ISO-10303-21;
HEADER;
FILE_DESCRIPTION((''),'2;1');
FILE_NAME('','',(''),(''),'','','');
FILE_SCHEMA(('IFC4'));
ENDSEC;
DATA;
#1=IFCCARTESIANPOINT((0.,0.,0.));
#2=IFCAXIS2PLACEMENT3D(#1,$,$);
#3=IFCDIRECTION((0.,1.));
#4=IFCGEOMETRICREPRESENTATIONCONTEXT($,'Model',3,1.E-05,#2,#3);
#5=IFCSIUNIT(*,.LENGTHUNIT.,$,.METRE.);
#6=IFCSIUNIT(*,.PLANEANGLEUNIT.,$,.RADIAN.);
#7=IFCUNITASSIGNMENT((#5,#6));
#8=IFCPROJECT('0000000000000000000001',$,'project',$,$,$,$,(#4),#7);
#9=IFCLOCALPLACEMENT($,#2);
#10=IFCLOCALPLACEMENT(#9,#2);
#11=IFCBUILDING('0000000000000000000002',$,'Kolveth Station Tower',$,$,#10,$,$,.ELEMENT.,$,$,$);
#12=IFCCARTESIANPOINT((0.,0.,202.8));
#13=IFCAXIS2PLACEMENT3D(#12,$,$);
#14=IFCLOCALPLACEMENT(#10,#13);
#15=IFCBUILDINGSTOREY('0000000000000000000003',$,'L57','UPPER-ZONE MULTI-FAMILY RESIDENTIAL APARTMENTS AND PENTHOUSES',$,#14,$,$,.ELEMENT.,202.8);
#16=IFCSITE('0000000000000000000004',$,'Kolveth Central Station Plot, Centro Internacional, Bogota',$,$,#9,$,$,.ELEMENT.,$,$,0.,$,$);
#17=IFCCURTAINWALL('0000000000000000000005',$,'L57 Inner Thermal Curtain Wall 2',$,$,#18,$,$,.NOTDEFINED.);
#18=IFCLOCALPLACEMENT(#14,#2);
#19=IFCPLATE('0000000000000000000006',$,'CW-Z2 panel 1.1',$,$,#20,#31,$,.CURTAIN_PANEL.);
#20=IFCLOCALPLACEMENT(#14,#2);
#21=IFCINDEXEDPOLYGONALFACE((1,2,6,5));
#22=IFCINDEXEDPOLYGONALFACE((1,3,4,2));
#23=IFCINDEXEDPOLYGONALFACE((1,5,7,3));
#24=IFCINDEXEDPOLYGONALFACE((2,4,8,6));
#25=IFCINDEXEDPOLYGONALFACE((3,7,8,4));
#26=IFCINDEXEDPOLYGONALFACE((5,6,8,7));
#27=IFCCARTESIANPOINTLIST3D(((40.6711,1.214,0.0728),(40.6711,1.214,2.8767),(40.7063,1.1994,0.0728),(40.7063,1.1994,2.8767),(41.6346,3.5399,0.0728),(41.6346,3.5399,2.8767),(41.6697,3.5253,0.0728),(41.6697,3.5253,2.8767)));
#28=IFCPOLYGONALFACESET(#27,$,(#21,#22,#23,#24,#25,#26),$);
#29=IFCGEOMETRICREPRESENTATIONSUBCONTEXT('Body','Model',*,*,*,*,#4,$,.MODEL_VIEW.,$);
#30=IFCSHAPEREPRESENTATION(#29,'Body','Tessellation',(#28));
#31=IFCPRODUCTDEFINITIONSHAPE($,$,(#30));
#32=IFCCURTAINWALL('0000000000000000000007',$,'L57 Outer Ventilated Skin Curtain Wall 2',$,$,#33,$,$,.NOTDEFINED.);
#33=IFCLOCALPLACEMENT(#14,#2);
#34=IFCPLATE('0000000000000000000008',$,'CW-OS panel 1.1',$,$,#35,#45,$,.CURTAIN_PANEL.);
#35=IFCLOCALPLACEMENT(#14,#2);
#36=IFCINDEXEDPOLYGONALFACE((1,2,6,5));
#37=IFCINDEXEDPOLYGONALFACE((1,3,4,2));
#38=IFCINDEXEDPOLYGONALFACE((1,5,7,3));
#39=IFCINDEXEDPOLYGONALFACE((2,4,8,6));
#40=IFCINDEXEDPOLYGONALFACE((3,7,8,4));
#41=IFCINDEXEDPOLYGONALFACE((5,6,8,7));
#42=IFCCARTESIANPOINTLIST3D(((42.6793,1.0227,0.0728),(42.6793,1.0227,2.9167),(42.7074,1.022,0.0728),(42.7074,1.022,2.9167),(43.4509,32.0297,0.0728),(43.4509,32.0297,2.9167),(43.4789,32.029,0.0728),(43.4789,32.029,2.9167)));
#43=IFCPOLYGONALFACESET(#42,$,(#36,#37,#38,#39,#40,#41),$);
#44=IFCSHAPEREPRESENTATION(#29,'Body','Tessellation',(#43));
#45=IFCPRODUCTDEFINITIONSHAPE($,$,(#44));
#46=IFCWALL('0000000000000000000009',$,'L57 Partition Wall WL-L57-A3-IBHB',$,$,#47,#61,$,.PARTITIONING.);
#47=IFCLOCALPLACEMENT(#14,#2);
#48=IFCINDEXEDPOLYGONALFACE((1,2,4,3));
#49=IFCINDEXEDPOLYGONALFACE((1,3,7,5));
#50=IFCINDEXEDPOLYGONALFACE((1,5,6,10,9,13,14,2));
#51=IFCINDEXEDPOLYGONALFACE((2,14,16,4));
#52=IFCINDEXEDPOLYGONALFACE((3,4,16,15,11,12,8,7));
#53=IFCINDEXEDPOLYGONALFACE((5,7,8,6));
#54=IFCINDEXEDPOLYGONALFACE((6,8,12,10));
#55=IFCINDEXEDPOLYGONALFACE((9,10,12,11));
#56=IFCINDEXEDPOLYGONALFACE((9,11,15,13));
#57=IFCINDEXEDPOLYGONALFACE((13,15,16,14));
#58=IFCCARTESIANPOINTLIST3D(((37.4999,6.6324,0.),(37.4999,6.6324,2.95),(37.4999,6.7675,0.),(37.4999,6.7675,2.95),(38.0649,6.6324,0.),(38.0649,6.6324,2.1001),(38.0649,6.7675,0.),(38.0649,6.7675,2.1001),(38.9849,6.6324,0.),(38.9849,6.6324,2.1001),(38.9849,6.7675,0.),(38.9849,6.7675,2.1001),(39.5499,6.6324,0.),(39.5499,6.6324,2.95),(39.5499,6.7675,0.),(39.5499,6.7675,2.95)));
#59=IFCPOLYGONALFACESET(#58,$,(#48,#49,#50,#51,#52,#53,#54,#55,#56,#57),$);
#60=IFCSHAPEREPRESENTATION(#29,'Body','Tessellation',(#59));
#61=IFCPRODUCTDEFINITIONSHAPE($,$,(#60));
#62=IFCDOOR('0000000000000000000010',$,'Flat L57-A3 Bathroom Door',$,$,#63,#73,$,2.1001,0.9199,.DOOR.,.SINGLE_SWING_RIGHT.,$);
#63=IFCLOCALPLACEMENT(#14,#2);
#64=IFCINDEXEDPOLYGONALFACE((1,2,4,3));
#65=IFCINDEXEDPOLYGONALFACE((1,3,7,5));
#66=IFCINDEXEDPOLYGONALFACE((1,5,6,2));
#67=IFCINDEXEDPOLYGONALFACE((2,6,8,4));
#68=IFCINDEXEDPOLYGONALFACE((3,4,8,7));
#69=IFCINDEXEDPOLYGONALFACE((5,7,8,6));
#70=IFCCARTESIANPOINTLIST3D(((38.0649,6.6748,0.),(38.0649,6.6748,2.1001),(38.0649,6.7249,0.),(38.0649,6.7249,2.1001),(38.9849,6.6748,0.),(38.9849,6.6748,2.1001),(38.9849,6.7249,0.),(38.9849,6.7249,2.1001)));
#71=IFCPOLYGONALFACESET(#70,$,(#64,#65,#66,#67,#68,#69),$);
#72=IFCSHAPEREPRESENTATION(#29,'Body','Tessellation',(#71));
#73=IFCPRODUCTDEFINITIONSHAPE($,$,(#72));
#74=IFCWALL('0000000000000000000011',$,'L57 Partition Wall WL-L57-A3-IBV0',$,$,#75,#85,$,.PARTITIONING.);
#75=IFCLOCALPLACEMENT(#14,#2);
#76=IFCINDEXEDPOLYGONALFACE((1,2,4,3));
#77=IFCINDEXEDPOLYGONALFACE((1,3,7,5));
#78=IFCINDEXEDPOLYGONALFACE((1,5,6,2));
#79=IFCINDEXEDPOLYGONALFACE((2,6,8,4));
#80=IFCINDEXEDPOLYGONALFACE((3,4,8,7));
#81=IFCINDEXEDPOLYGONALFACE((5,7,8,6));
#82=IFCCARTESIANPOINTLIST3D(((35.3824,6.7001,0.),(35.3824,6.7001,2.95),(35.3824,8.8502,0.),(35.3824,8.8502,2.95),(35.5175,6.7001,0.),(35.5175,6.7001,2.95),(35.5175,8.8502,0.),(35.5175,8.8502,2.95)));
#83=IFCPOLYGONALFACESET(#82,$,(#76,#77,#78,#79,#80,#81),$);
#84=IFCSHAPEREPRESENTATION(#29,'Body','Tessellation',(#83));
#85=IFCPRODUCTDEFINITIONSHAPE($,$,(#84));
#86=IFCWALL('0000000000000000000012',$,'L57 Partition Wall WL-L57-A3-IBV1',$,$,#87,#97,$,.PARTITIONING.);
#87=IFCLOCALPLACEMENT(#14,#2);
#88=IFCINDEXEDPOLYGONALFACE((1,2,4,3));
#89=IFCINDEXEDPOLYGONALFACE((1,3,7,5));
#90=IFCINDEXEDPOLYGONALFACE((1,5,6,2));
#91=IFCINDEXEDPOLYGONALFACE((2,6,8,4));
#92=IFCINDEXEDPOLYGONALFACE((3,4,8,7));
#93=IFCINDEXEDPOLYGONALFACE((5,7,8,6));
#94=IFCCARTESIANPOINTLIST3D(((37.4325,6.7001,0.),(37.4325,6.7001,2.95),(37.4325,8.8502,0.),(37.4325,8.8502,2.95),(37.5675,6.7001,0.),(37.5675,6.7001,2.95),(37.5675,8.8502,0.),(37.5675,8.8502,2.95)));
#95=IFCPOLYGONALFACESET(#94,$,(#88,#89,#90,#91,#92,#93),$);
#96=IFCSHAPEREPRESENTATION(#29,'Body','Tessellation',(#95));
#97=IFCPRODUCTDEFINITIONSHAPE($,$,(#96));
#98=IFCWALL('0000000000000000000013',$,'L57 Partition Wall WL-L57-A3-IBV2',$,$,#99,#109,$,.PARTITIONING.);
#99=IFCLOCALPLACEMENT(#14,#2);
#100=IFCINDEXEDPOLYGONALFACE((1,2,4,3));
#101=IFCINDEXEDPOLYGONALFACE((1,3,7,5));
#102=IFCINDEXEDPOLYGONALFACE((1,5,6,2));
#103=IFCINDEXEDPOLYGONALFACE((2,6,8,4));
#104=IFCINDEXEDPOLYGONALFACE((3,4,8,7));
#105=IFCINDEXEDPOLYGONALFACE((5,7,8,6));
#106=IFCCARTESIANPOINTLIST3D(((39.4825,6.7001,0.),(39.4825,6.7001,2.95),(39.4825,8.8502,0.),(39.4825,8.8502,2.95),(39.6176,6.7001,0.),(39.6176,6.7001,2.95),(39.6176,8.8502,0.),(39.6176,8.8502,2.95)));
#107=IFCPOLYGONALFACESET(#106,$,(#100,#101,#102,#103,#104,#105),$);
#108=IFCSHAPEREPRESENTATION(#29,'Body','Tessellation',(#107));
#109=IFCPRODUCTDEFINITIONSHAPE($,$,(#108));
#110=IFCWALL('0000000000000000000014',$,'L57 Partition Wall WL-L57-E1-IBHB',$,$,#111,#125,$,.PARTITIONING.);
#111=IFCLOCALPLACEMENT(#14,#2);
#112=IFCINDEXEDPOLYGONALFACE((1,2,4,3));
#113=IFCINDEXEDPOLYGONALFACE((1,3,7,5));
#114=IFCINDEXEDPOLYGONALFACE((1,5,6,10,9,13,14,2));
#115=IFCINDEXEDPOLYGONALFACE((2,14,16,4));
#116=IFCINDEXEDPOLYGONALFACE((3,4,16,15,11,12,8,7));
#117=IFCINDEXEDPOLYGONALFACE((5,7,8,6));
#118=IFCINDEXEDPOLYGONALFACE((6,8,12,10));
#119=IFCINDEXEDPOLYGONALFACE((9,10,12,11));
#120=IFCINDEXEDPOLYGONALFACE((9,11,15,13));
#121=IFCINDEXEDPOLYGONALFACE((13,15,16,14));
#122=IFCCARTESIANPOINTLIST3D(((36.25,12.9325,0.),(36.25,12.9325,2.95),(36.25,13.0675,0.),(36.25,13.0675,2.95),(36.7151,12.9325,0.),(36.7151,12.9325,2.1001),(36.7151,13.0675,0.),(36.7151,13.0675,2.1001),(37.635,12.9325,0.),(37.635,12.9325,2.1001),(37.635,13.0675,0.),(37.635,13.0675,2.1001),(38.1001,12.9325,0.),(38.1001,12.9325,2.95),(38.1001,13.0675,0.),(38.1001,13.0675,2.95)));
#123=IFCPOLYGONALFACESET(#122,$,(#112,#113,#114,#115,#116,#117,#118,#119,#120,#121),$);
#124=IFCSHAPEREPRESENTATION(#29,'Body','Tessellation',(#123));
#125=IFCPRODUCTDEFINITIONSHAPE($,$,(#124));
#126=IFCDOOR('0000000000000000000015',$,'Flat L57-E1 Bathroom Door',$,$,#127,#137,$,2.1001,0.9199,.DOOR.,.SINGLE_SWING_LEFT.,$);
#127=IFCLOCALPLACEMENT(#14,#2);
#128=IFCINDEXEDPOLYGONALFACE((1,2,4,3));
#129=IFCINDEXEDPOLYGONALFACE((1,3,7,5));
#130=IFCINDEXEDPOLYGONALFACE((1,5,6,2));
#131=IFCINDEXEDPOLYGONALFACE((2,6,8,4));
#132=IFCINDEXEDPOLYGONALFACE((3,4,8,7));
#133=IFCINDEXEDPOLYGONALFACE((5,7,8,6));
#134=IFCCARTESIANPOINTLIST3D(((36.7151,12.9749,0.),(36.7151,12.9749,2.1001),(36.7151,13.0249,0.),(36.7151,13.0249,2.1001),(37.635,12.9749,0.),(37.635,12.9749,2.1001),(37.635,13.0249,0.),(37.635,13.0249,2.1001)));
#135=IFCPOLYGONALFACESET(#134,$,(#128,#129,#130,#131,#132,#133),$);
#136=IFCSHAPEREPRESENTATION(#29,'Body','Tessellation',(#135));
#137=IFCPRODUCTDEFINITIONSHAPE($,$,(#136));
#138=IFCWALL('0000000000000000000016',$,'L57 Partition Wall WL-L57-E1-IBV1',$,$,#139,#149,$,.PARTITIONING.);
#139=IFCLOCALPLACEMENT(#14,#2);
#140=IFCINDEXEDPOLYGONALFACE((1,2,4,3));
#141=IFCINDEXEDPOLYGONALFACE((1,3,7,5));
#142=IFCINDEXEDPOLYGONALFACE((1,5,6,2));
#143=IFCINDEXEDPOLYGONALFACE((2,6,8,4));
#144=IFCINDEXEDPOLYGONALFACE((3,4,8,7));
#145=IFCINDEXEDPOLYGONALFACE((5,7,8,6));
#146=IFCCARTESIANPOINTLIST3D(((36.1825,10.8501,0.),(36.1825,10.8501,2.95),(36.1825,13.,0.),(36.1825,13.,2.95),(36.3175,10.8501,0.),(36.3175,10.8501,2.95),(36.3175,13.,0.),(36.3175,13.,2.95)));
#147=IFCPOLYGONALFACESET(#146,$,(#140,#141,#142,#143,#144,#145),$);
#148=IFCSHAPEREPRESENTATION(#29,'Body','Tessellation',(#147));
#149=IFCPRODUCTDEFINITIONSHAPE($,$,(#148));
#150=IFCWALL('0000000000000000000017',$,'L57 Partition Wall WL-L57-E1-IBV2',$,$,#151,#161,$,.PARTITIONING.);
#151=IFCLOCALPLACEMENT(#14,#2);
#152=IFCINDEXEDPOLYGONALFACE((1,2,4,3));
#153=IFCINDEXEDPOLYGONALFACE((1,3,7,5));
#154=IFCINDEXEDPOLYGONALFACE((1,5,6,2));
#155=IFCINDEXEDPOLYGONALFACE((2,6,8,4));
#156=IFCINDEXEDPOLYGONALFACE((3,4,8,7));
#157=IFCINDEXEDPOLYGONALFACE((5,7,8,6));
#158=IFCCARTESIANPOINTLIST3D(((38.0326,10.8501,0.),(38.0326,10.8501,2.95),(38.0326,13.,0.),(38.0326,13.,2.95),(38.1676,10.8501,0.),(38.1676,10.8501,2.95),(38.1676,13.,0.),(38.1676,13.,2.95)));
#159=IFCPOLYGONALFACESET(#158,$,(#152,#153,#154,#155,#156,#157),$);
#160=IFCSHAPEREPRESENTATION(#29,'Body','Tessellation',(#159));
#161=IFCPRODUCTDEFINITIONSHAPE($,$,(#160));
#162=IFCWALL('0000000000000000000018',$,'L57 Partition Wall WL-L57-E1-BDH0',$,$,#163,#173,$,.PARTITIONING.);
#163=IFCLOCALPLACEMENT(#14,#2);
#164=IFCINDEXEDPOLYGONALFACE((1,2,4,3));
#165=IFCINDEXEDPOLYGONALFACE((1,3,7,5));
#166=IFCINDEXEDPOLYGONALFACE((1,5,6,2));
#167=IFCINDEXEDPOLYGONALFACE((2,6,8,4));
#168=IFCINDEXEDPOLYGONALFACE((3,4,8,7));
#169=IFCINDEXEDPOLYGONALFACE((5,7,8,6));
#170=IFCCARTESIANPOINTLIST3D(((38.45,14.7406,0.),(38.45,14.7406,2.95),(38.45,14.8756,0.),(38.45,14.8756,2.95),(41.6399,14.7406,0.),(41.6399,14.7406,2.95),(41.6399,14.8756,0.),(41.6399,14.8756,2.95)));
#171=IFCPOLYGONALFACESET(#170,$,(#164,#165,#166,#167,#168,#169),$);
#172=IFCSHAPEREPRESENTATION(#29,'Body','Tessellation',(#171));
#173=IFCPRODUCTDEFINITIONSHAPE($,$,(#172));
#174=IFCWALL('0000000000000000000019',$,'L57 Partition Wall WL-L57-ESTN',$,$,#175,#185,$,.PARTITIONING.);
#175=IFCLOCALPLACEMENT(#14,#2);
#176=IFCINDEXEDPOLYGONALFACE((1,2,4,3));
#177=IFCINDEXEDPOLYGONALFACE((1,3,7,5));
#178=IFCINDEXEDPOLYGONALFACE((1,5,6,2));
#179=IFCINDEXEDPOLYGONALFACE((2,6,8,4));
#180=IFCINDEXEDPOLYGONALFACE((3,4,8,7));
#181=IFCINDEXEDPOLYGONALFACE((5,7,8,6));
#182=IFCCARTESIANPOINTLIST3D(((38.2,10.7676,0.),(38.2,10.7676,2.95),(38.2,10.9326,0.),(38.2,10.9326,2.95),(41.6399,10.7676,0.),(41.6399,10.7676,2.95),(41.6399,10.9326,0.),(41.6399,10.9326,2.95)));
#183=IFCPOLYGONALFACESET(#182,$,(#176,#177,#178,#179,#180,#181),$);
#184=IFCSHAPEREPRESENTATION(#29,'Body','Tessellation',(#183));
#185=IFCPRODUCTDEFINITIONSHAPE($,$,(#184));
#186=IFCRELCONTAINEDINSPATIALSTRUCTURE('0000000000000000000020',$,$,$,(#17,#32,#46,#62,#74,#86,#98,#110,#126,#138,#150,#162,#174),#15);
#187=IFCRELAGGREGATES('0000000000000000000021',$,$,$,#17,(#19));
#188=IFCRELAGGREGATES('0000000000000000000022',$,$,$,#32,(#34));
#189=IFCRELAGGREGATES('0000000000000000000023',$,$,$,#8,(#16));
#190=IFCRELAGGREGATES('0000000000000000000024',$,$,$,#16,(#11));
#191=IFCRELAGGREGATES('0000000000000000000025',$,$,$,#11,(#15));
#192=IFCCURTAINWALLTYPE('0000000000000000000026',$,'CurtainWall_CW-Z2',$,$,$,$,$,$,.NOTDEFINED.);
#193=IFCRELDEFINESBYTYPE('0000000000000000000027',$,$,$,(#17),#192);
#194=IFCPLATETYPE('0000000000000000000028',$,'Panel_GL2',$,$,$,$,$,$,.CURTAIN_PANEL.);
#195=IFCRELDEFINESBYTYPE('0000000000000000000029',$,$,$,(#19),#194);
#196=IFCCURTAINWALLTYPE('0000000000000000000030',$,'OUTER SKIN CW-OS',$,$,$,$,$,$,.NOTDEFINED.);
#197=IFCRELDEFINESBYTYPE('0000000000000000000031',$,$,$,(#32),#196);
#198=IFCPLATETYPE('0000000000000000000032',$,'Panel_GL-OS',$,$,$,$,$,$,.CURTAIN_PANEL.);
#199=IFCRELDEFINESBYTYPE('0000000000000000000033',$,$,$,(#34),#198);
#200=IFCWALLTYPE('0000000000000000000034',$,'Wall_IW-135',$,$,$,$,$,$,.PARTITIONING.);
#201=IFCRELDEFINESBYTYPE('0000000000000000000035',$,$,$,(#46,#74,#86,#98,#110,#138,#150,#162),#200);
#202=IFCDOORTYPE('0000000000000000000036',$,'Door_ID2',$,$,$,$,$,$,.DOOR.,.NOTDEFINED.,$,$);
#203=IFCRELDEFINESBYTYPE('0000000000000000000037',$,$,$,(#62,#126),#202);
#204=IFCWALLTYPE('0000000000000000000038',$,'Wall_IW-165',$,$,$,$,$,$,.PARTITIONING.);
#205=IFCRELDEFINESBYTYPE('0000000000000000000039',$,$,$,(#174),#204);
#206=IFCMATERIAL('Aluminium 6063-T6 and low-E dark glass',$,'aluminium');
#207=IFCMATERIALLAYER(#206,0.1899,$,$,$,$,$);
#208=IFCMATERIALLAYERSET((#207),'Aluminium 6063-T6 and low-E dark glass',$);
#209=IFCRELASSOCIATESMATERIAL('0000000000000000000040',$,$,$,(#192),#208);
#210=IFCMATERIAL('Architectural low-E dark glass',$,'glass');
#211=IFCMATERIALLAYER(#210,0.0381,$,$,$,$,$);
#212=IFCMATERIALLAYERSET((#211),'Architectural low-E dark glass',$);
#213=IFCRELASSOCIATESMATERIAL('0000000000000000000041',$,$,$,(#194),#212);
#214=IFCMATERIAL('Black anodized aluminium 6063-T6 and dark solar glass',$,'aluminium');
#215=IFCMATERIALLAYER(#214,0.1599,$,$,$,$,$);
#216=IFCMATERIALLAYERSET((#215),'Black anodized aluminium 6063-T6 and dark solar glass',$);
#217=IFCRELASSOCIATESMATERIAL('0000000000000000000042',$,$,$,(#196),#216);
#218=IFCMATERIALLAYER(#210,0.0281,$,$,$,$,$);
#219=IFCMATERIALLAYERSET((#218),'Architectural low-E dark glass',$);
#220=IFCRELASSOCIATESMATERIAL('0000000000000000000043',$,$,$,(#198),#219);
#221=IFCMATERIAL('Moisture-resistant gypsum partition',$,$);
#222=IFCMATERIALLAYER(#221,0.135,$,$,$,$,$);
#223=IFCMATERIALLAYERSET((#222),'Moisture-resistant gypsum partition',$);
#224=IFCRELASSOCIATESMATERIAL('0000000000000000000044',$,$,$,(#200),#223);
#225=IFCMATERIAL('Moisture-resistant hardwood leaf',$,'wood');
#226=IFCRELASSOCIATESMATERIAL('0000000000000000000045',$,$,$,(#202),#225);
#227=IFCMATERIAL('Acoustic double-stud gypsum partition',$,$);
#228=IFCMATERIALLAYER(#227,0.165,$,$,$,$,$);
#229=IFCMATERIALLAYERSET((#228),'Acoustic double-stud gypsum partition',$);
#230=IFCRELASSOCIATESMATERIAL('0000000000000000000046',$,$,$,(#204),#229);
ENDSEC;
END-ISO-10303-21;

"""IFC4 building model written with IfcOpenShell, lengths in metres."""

from ifc_helpers import new_model, si_unit, direction, frame, frame_2d, origin, origin_2d, place, context, subcontext, project, spatial, rectangle, extrude, source, transform, mapped, material, layer, layer_set, type_object, element, fill, aggregate, save


model = new_model("IFC4")

# Units and contexts
model_context = context("Model", 3, precision=1e-05, world=origin(), true_north=direction((0.0, 1.0)))
body_context = subcontext(model_context, "Body", "Model", "MODEL_VIEW")
ifc_project = project(units=[si_unit("LENGTHUNIT", "METRE"), si_unit("PLANEANGLEUNIT", "RADIAN")], contexts=[model_context])

# Site, building, storey
site_placement = place(None, origin())
site = spatial("IfcSite", under=ifc_project, at=site_placement, Name="Kolveth Central Station Plot, Centro Internacional, Bogota", CompositionType="ELEMENT", RefElevation=0.0)
building_placement = place(site_placement, origin())
building = spatial("IfcBuilding", under=site, at=building_placement, Name="Kolveth Station Tower", CompositionType="ELEMENT")
storey_placement = place(building_placement, frame((0.0, 0.0, 202.8)))
storey = spatial("IfcBuildingStorey", under=building, at=storey_placement, Name="L57", Description="UPPER-ZONE MULTI-FAMILY RESIDENTIAL APARTMENTS AND PENTHOUSES", CompositionType="ELEMENT", Elevation=202.8)

# Curtain wall
ifc_material_1 = material(Name="Aluminium 6063-T6 and low-E dark glass", Category="aluminium")
ifc_layer_1 = layer(ifc_material_1, 0.1899)
ifc_layer_set_1 = layer_set([ifc_layer_1], Name="Aluminium 6063-T6 and low-E dark glass")
curtain_wall_type_1 = type_object("IfcCurtainWallType", Name="CurtainWall_CW-Z2", PredefinedType="NOTDEFINED", material=ifc_layer_set_1)
curtain_wall_1_placement = place(storey_placement, origin())
curtain_wall_1 = element("IfcCurtainWall", 1, at=curtain_wall_1_placement, inside=storey, type_object=curtain_wall_type_1, Name="L57 Inner Thermal Curtain Wall 2", PredefinedType="NOTDEFINED")

# Plate
ifc_material_2 = material(Name="Architectural low-E dark glass", Category="glass")
ifc_layer_2 = layer(ifc_material_2, 0.0381)
ifc_layer_set_2 = layer_set([ifc_layer_2], Name="Architectural low-E dark glass")
plate_type_1 = type_object("IfcPlateType", Name="Panel_GL2", PredefinedType="CURTAIN_PANEL", material=ifc_layer_set_2)
shared_shape_1 = source(origin(), body_context, "Body", "SweptSolid", [
    extrude(rectangle(XDim=2.5176, YDim=0.0381, at=origin_2d()), origin(), (0.0, 0.0, 1.0), 2.804),
])
plate_1_placement = place(storey_placement, frame((41.1704, 2.3696, 0.0728), z_axis=(0.0, 0.0, 1.0), x_axis=(0.382698, 0.923874, 0.0)))
plate_1 = element("IfcPlate", 2, at=plate_1_placement, type_object=plate_type_1, Name="CW-Z2 panel 1.1", PredefinedType="CURTAIN_PANEL", context=body_context, shape_type="MappedRepresentation", body=[
    mapped(shared_shape_1, transform((0.0, 0.0, 0.0), x_axis=(1.0, 0.0, 0.0), y_axis=(0.0, 1.0, 0.0), z_axis=(0.0, 0.0, 1.0), scale=1.0)),
])
aggregate(curtain_wall_1, [plate_1])

# Curtain wall, plate
ifc_material_3 = material(Name="Black anodized aluminium 6063-T6 and dark solar glass", Category="aluminium")
ifc_layer_3 = layer(ifc_material_3, 0.1599)
ifc_layer_set_3 = layer_set([ifc_layer_3], Name="Black anodized aluminium 6063-T6 and dark solar glass")
curtain_wall_type_2 = type_object("IfcCurtainWallType", Name="OUTER SKIN CW-OS", PredefinedType="NOTDEFINED", material=ifc_layer_set_3)
curtain_wall_2_placement = place(storey_placement, origin())
curtain_wall_2 = element("IfcCurtainWall", 3, at=curtain_wall_2_placement, inside=storey, type_object=curtain_wall_type_2, Name="L57 Outer Ventilated Skin Curtain Wall 2", PredefinedType="NOTDEFINED")
ifc_layer_4 = layer(ifc_material_2, 0.0281)
ifc_layer_set_4 = layer_set([ifc_layer_4], Name="Architectural low-E dark glass")
plate_type_2 = type_object("IfcPlateType", Name="Panel_GL-OS", PredefinedType="CURTAIN_PANEL", material=ifc_layer_set_4)
shared_shape_2 = source(origin(), body_context, "Body", "SweptSolid", [
    extrude(rectangle(XDim=31.0166, YDim=0.0281, at=origin_2d()), origin(), (0.0, 0.0, 1.0), 2.844),
])
plate_2_placement = place(storey_placement, frame((43.0791, 16.5259, 0.0728), z_axis=(0.0, 0.0, 1.0), x_axis=(0.024876, 0.999691, 0.0)))
plate_2 = element("IfcPlate", 4, at=plate_2_placement, type_object=plate_type_2, Name="CW-OS panel 1.1", PredefinedType="CURTAIN_PANEL", context=body_context, shape_type="MappedRepresentation", body=[
    mapped(shared_shape_2, transform((0.0, 0.0, 0.0), x_axis=(1.0, 0.0, 0.0), y_axis=(0.0, 1.0, 0.0), z_axis=(0.0, 0.0, 1.0), scale=1.0)),
])
aggregate(curtain_wall_2, [plate_2])

# Wall, opening, door
ifc_material_4 = material(Name="Moisture-resistant gypsum partition")
ifc_layer_5 = layer(ifc_material_4, 0.135)
ifc_layer_set_5 = layer_set([ifc_layer_5], Name="Moisture-resistant gypsum partition")
wall_type_1 = type_object("IfcWallType", Name="Wall_IW-135", PredefinedType="PARTITIONING", material=ifc_layer_set_5)
wall_1_placement = place(storey_placement, frame((37.5, 6.7, 0.0), z_axis=(0.0, 0.0, 1.0), x_axis=(1.0, 0.0, 0.0)))
wall_1 = element("IfcWall", 5, at=wall_1_placement, inside=storey, type_object=wall_type_1, Name="L57 Partition Wall WL-L57-A3-IBHB", PredefinedType="PARTITIONING", context=body_context, shape_type="SweptSolid", body=[
    extrude(rectangle(XDim=2.05, YDim=0.135, at=frame_2d((1.0249, 0.0))), origin(), (0.0, 0.0, 1.0), 2.95),
])
opening_1_placement = place(wall_1_placement, frame((0.5649, 0.0, 0.0)))
opening_1 = element("IfcOpeningElement", 6, at=opening_1_placement, cuts=wall_1, PredefinedType="OPENING", context=body_context, shape_type="SweptSolid", body=[
    extrude(rectangle(XDim=0.9199, YDim=2.1001, at=frame_2d((0.46, 1.05))), frame((0.0, 0.0774, 0.0), z_axis=(0.0, -1.0, 0.0), x_axis=(1.0, 0.0, 0.0)), (0.0, 0.0, 1.0), 0.155),
])
ifc_material_5 = material(Name="Moisture-resistant hardwood leaf", Category="wood")
door_type_1 = type_object("IfcDoorType", Name="Door_ID2", OperationType="NOTDEFINED", PredefinedType="DOOR", material=ifc_material_5)
door_1_placement = place(opening_1_placement, origin())
door_1 = element("IfcDoor", 7, at=door_1_placement, inside=storey, type_object=door_type_1, Name="Flat L57-A3 Bathroom Door", OperationType="SINGLE_SWING_RIGHT", OverallHeight=2.1001, OverallWidth=0.9199, PredefinedType="DOOR", context=body_context, shape_type="SweptSolid", body=[
    extrude(rectangle(XDim=0.9199, YDim=2.1001, at=frame_2d((0.46, 1.05))), frame((0.0, 0.0249, 0.0), z_axis=(0.0, -1.0, 0.0), x_axis=(1.0, 0.0, 0.0)), (0.0, 0.0, 1.0), 0.05),
])
fill(opening_1, door_1)

# Walls
for number, where, z_axis, x_axis, name in (
    (8, (35.45, 6.7, 0.0), (0.0, 0.0, 1.0), (0.0, 1.0, 0.0), "L57 Partition Wall WL-L57-A3-IBV0"),
    (9, (37.5, 6.7, 0.0), (0.0, 0.0, 1.0), (0.0, 1.0, 0.0), "L57 Partition Wall WL-L57-A3-IBV1"),
    (10, (39.55, 6.7, 0.0), (0.0, 0.0, 1.0), (0.0, 1.0, 0.0), "L57 Partition Wall WL-L57-A3-IBV2"),
):
    element("IfcWall", number, at=place(storey_placement, frame(where, z_axis=z_axis, x_axis=x_axis)), inside=storey, type_object=wall_type_1, Name=name, PredefinedType="PARTITIONING", context=body_context, shape_type="SweptSolid", body=[
        extrude(rectangle(XDim=2.1501, YDim=0.135, at=frame_2d((1.0752, 0.0))), origin(), (0.0, 0.0, 1.0), 2.95),
    ])

# Wall, opening, door
wall_2_placement = place(storey_placement, frame((36.25, 13.0, 0.0), z_axis=(0.0, 0.0, 1.0), x_axis=(1.0, 0.0, 0.0)))
wall_2 = element("IfcWall", 11, at=wall_2_placement, inside=storey, type_object=wall_type_1, Name="L57 Partition Wall WL-L57-E1-IBHB", PredefinedType="PARTITIONING", context=body_context, shape_type="SweptSolid", body=[
    extrude(rectangle(XDim=1.8501, YDim=0.135, at=frame_2d((0.925, 0.0))), origin(), (0.0, 0.0, 1.0), 2.95),
])
opening_2_placement = place(wall_2_placement, frame((0.4651, 0.0, 0.0)))
opening_2 = element("IfcOpeningElement", 12, at=opening_2_placement, cuts=wall_2, PredefinedType="OPENING", context=body_context, shape_type="SweptSolid", body=[
    extrude(rectangle(XDim=0.9199, YDim=2.1001, at=frame_2d((0.46, 1.05))), frame((0.0, 0.0774, 0.0), z_axis=(0.0, -1.0, 0.0), x_axis=(1.0, 0.0, 0.0)), (0.0, 0.0, 1.0), 0.155),
])
door_2_placement = place(opening_2_placement, origin())
door_2 = element("IfcDoor", 13, at=door_2_placement, inside=storey, type_object=door_type_1, Name="Flat L57-E1 Bathroom Door", OperationType="SINGLE_SWING_LEFT", OverallHeight=2.1001, OverallWidth=0.9199, PredefinedType="DOOR", context=body_context, shape_type="SweptSolid", body=[
    extrude(rectangle(XDim=0.9199, YDim=2.1001, at=frame_2d((0.46, 1.05))), frame((0.0, 0.0249, 0.0), z_axis=(0.0, -1.0, 0.0), x_axis=(1.0, 0.0, 0.0)), (0.0, 0.0, 1.0), 0.05),
])
fill(opening_2, door_2)

# Walls
for number, where, z_axis, x_axis, name in (
    (14, (36.25, 10.8501, 0.0), (0.0, 0.0, 1.0), (0.0, 1.0, 0.0), "L57 Partition Wall WL-L57-E1-IBV1"),
    (15, (38.1001, 10.8501, 0.0), (0.0, 0.0, 1.0), (0.0, 1.0, 0.0), "L57 Partition Wall WL-L57-E1-IBV2"),
):
    element("IfcWall", number, at=place(storey_placement, frame(where, z_axis=z_axis, x_axis=x_axis)), inside=storey, type_object=wall_type_1, Name=name, PredefinedType="PARTITIONING", context=body_context, shape_type="SweptSolid", body=[
        extrude(rectangle(XDim=2.1499, YDim=0.135, at=frame_2d((1.075, 0.0))), origin(), (0.0, 0.0, 1.0), 2.95),
    ])
wall_3_placement = place(storey_placement, frame((38.45, 14.8081, 0.0), z_axis=(0.0, 0.0, 1.0), x_axis=(1.0, 0.0, 0.0)))
element("IfcWall", 16, at=wall_3_placement, inside=storey, type_object=wall_type_1, Name="L57 Partition Wall WL-L57-E1-BDH0", PredefinedType="PARTITIONING", context=body_context, shape_type="SweptSolid", body=[
    extrude(rectangle(XDim=3.1899, YDim=0.135, at=frame_2d((1.595, 0.0))), origin(), (0.0, 0.0, 1.0), 2.95),
])

# Shared definitions
ifc_material_6 = material(Name="Acoustic double-stud gypsum partition")
ifc_layer_6 = layer(ifc_material_6, 0.165)
ifc_layer_set_6 = layer_set([ifc_layer_6], Name="Acoustic double-stud gypsum partition")
wall_type_2 = type_object("IfcWallType", Name="Wall_IW-165", PredefinedType="PARTITIONING", material=ifc_layer_set_6)

# Wall
wall_4_placement = place(storey_placement, frame((38.2, 10.8501, 0.0), z_axis=(0.0, 0.0, 1.0), x_axis=(1.0, 0.0, 0.0)))
element("IfcWall", 17, at=wall_4_placement, inside=storey, type_object=wall_type_2, Name="L57 Partition Wall WL-L57-ESTN", PredefinedType="PARTITIONING", context=body_context, shape_type="SweptSolid", body=[
    extrude(rectangle(XDim=3.4399, YDim=0.165, at=frame_2d((1.72, 0.0))), origin(), (0.0, 0.0, 1.0), 2.95),
])

save(model, "model.ifc")
